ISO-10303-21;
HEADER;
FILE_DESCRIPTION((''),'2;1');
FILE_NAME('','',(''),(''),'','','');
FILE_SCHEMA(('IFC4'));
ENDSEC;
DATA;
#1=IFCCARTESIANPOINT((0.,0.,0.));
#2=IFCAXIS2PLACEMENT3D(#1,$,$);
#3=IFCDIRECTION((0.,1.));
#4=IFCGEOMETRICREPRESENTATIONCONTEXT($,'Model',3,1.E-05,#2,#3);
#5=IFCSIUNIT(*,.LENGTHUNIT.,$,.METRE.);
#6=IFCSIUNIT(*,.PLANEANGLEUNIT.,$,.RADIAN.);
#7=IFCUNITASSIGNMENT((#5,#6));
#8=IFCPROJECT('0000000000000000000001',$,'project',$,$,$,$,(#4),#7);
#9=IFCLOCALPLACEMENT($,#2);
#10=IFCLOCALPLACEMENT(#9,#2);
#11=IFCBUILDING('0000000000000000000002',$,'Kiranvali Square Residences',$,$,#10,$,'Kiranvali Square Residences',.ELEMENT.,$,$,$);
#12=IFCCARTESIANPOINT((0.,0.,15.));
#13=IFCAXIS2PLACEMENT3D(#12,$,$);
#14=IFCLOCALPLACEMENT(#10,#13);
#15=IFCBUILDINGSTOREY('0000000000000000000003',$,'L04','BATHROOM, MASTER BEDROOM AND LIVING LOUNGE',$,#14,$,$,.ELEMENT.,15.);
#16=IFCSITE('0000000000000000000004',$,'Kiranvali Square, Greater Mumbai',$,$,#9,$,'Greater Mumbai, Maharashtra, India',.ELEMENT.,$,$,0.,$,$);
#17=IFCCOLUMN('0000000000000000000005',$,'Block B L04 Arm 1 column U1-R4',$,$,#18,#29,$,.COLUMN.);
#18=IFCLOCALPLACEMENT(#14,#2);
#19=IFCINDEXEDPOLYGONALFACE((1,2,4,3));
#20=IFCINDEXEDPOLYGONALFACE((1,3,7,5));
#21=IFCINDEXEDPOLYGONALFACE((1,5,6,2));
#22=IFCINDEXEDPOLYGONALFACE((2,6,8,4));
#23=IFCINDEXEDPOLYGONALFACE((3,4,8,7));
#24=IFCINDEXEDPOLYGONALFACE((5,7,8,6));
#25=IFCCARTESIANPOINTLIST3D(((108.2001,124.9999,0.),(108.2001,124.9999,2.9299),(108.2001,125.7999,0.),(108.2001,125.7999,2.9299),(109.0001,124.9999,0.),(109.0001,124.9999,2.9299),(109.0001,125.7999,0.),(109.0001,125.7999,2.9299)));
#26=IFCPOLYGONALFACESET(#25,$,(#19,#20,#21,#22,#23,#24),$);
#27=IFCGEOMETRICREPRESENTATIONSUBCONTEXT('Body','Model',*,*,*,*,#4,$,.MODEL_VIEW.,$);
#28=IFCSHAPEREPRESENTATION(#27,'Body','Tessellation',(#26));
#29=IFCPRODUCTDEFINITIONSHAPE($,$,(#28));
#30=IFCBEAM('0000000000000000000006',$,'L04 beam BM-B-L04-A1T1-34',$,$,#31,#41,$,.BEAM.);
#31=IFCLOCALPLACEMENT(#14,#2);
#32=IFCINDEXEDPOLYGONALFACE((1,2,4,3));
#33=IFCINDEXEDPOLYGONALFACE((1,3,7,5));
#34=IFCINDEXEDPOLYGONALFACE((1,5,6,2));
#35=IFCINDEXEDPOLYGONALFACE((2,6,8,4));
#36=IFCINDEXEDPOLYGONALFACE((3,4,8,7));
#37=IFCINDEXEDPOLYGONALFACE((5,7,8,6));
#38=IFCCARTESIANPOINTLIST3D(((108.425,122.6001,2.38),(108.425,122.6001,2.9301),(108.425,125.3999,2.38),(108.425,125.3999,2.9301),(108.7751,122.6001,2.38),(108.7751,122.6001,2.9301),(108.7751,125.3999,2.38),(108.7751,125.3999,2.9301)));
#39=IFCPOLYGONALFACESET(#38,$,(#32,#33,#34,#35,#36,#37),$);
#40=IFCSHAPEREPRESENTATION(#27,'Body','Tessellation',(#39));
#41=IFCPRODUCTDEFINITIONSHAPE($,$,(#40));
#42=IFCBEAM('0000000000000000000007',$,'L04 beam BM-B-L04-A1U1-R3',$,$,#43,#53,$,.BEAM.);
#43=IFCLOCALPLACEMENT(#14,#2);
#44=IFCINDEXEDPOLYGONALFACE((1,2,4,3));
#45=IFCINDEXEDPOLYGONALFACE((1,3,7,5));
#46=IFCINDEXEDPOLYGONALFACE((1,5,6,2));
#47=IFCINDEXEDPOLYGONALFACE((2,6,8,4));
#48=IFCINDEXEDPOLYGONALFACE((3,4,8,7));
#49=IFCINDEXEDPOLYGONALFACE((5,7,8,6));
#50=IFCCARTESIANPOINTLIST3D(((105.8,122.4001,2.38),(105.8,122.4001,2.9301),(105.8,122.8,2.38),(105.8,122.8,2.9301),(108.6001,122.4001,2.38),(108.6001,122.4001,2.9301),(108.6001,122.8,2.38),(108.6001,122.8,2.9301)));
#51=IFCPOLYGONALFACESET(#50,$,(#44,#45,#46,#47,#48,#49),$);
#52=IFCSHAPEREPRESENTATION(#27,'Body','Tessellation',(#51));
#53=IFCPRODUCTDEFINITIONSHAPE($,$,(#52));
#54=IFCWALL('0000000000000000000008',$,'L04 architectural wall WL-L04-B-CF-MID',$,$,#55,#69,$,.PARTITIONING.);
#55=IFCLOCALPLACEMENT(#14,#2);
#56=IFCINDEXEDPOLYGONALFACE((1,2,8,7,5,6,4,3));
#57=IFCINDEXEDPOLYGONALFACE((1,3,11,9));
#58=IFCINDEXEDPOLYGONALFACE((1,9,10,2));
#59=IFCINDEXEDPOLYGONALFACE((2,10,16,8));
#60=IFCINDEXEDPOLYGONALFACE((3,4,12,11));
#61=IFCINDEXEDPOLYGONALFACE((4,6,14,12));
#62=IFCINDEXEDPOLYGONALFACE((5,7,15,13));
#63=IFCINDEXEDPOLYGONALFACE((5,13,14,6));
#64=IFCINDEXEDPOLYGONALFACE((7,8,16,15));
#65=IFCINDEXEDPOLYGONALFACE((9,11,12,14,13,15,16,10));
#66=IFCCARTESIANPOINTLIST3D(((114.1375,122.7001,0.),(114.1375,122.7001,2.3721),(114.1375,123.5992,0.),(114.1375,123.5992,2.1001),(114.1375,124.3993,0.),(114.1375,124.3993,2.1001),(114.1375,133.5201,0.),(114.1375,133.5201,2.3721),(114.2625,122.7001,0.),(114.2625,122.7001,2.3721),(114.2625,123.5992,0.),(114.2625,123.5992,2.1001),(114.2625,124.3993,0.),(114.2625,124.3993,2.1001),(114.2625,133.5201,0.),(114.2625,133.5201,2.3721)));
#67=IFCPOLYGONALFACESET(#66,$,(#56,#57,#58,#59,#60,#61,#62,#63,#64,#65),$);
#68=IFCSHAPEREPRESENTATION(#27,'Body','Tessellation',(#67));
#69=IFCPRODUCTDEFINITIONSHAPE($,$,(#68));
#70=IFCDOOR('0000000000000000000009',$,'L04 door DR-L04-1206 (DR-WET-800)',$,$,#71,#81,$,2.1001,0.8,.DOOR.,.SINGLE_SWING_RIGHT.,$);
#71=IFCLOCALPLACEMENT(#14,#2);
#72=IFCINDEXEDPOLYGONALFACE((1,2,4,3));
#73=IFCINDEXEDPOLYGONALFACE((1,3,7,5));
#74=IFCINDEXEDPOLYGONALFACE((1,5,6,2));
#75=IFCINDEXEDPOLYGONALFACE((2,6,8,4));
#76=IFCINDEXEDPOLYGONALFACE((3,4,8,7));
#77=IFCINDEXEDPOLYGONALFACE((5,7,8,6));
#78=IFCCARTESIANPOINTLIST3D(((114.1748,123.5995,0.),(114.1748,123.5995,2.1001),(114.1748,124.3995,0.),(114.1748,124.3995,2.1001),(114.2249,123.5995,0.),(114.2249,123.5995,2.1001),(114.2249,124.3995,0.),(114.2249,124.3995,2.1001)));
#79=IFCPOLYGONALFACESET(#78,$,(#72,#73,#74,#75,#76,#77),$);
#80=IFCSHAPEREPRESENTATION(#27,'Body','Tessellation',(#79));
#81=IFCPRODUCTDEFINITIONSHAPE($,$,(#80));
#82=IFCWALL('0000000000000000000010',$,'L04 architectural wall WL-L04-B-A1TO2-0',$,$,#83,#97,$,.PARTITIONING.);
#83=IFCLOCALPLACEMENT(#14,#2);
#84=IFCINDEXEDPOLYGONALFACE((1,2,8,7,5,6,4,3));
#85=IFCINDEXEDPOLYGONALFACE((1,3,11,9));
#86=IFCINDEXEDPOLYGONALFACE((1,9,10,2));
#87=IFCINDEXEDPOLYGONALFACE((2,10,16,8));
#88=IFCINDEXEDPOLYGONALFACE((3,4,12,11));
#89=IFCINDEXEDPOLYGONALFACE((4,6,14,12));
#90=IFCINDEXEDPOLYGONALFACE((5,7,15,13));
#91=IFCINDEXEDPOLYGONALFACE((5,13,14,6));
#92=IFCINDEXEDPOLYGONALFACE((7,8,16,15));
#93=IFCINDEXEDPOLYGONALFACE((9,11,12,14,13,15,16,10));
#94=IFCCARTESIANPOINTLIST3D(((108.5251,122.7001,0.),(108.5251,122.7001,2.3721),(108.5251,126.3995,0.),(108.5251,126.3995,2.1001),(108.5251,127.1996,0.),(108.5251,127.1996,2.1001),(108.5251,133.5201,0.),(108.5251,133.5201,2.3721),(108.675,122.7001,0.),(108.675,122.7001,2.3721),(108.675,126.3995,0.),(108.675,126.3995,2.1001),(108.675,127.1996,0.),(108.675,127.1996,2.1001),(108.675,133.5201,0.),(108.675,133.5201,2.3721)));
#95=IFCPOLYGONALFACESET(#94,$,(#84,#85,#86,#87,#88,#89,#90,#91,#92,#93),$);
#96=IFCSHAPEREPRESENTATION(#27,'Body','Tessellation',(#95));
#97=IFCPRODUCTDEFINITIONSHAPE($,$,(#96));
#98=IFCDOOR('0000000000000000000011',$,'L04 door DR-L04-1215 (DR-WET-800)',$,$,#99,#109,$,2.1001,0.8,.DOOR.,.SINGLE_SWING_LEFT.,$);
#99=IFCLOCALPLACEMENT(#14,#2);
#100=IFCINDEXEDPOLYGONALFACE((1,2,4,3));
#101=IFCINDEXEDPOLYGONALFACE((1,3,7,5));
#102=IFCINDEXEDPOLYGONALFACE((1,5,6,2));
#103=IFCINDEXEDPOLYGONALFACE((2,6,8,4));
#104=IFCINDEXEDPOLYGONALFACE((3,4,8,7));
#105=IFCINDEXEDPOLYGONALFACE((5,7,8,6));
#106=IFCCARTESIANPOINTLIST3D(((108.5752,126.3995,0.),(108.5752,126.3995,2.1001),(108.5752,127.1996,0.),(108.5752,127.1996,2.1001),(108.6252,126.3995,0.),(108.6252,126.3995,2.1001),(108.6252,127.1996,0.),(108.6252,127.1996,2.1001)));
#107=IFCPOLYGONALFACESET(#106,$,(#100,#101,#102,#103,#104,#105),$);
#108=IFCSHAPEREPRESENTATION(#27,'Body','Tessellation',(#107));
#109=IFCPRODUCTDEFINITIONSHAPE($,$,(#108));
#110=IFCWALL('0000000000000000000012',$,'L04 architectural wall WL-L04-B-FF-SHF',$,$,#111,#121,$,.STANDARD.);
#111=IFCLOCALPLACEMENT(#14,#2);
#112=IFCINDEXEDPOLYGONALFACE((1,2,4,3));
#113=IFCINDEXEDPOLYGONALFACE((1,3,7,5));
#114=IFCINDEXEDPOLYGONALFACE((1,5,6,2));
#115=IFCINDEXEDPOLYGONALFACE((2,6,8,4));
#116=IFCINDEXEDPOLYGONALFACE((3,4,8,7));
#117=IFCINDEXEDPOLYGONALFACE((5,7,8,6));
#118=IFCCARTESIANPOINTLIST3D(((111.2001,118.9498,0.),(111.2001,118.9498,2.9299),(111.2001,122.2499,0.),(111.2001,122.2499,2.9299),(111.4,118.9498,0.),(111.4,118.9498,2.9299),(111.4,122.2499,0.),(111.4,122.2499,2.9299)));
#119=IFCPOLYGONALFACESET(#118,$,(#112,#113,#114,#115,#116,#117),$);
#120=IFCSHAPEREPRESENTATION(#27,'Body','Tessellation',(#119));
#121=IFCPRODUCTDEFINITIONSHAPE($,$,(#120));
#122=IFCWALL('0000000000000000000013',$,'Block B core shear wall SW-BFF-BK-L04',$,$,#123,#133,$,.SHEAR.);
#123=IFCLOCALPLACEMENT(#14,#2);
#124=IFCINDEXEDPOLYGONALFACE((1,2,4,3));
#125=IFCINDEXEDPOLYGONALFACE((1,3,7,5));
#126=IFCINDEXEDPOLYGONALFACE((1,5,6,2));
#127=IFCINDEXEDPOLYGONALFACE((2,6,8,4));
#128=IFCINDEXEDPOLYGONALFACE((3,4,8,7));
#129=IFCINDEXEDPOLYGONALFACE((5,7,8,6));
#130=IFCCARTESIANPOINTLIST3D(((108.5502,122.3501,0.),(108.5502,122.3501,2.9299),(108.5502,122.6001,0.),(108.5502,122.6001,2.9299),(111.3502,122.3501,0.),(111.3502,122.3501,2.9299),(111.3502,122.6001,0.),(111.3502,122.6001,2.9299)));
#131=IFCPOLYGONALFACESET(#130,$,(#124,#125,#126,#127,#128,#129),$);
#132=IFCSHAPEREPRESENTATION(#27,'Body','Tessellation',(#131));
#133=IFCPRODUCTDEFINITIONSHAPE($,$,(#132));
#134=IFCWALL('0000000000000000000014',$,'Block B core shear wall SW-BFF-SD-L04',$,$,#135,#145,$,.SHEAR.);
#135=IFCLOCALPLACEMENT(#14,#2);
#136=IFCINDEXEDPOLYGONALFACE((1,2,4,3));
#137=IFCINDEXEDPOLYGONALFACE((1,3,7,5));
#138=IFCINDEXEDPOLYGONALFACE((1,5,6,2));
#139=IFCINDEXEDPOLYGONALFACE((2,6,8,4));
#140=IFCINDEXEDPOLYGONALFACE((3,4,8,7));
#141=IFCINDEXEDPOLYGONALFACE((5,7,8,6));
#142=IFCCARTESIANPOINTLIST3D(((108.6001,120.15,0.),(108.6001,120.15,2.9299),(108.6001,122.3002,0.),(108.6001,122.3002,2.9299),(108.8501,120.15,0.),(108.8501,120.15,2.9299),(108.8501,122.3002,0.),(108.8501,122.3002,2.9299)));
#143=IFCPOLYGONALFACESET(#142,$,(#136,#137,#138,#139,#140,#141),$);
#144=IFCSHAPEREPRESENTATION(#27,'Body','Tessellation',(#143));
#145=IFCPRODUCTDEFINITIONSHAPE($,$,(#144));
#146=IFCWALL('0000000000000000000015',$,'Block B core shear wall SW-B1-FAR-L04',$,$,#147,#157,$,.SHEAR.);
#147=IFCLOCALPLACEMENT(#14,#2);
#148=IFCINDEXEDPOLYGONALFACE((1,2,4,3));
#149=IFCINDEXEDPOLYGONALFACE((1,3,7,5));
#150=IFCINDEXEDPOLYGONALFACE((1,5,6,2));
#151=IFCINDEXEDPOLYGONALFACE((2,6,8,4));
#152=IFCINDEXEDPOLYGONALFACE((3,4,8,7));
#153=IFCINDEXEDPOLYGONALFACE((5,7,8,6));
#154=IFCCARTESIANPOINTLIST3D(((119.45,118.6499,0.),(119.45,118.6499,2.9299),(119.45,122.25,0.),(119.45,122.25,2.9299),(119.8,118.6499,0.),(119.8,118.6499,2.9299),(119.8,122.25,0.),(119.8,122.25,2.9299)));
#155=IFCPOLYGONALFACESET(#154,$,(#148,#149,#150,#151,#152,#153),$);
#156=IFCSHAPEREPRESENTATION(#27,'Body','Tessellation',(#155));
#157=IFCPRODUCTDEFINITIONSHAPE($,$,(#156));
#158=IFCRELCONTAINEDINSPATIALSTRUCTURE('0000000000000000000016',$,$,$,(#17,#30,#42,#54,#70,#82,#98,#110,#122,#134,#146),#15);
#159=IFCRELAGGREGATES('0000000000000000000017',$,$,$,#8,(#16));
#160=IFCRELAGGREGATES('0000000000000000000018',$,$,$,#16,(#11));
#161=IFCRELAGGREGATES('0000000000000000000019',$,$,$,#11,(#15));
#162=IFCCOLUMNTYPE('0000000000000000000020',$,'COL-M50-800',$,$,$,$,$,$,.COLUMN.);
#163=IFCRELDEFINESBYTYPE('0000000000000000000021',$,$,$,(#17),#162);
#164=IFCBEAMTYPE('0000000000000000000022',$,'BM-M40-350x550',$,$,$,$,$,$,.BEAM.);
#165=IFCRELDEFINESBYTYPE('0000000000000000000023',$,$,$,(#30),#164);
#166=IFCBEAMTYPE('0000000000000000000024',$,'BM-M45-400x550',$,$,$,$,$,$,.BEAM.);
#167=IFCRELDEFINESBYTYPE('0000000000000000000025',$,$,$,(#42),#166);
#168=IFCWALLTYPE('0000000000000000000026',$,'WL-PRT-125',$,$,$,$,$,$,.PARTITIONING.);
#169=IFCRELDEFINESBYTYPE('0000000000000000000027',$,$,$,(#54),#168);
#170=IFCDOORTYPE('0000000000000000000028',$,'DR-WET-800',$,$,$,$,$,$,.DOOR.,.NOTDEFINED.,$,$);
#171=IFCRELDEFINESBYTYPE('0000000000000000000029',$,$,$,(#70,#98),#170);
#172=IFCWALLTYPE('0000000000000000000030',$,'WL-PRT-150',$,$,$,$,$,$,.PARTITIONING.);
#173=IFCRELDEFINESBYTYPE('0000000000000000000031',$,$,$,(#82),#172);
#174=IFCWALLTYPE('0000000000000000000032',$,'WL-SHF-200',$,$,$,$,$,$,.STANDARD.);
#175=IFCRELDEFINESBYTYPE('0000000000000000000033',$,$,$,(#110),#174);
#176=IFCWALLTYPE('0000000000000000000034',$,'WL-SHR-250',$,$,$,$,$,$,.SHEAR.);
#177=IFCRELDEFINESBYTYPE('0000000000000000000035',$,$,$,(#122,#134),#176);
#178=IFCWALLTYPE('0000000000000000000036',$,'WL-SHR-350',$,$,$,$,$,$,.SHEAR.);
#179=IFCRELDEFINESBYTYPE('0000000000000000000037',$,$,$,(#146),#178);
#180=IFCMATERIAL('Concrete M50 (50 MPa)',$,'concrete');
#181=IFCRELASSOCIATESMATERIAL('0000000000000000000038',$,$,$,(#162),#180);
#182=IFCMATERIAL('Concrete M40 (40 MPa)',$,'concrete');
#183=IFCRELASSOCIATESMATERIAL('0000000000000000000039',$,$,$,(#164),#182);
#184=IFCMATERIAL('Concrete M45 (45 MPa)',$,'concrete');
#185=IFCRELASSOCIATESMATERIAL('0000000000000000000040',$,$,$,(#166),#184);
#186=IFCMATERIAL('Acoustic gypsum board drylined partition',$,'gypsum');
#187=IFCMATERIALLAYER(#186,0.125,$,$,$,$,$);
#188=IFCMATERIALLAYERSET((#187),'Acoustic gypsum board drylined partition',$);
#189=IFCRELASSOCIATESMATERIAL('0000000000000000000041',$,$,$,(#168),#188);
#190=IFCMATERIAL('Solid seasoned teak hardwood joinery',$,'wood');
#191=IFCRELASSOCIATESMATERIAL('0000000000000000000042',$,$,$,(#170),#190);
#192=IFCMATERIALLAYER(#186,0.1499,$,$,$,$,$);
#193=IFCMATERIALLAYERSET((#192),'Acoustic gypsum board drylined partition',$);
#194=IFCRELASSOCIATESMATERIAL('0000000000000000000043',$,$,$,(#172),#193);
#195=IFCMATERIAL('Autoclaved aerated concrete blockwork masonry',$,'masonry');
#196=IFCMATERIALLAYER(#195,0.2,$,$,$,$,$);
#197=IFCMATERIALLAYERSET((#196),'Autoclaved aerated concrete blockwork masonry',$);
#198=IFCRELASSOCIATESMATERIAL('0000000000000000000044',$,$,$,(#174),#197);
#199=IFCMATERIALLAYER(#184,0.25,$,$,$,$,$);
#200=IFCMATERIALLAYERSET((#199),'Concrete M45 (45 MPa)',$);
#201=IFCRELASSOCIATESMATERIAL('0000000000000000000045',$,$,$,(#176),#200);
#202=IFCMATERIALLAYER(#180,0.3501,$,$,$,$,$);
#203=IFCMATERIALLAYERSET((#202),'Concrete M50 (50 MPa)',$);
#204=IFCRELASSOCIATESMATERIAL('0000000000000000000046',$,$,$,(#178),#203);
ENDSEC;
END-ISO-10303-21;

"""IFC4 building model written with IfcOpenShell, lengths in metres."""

from ifc_helpers import new_model, si_unit, direction, frame, frame_2d, origin, origin_2d, place, context, subcontext, project, spatial, rectangle, extrude, material, layer, layer_set, material_profile, profile_set, type_object, element, fill, save


model = new_model("IFC4")

# Units and contexts
model_context = context("Model", 3, precision=1e-05, world=origin(), true_north=direction((0.0, 1.0)))
body_context = subcontext(model_context, "Body", "Model", "MODEL_VIEW")
ifc_project = project(units=[si_unit("LENGTHUNIT", "METRE"), si_unit("PLANEANGLEUNIT", "RADIAN")], contexts=[model_context])

# Site, building, storey
site_placement = place(None, origin())
site = spatial("IfcSite", under=ifc_project, at=site_placement, Name="Kiranvali Square, Greater Mumbai", LongName="Greater Mumbai, Maharashtra, India", CompositionType="ELEMENT", RefElevation=0.0)
building_placement = place(site_placement, origin())
building = spatial("IfcBuilding", under=site, at=building_placement, Name="Kiranvali Square Residences", LongName="Kiranvali Square Residences", CompositionType="ELEMENT")
storey_placement = place(building_placement, frame((0.0, 0.0, 15.0)))
storey = spatial("IfcBuildingStorey", under=building, at=storey_placement, Name="L04", Description="BATHROOM, MASTER BEDROOM AND LIVING LOUNGE", CompositionType="ELEMENT", Elevation=15.0)

# Column
ifc_material_1 = material(Name="Concrete M50 (50 MPa)", Category="concrete")
ifc_material_profile_1 = material_profile(ifc_material_1, rectangle(XDim=0.8, YDim=0.8, at=origin_2d()), Name="RC 800x800")
ifc_profile_set_1 = profile_set([ifc_material_profile_1], Name="Concrete M50 (50 MPa)")
column_type = type_object("IfcColumnType", Name="COL-M50-800", PredefinedType="COLUMN", material=ifc_profile_set_1)
column_placement = place(storey_placement, frame((108.6001, 125.3999, 0.0), z_axis=(0.0, 0.0, 1.0), x_axis=(1.0, 0.0, 0.0)))
element("IfcColumn", 1, at=column_placement, inside=storey, type_object=column_type, Name="Block B L04 Arm 1 column U1-R4", PredefinedType="COLUMN", context=body_context, shape_type="SweptSolid", body=[
    extrude(rectangle(XDim=0.8, YDim=0.8, at=origin_2d()), origin(), (0.0, 0.0, 1.0), 2.9299),
])

# Beams
ifc_material_2 = material(Name="Concrete M40 (40 MPa)", Category="concrete")
ifc_material_profile_2 = material_profile(ifc_material_2, rectangle(XDim=0.3501, YDim=0.55, at=origin_2d()), Name="RC 350x550")
ifc_profile_set_2 = profile_set([ifc_material_profile_2], Name="Concrete M40 (40 MPa)")
beam_type_1 = type_object("IfcBeamType", Name="BM-M40-350x550", PredefinedType="BEAM", material=ifc_profile_set_2)
beam_1_placement = place(storey_placement, frame((108.6001, 122.6001, 2.655), z_axis=(0.0, 1.0, 0.0), x_axis=(-1.0, 0.0, 0.0)))
element("IfcBeam", 2, at=beam_1_placement, inside=storey, type_object=beam_type_1, Name="L04 beam BM-B-L04-A1T1-34", PredefinedType="BEAM", context=body_context, shape_type="SweptSolid", body=[
    extrude(rectangle(XDim=0.3501, YDim=0.55, at=origin_2d()), origin(), (0.0, 0.0, 1.0), 2.7998),
])
ifc_material_3 = material(Name="Concrete M45 (45 MPa)", Category="concrete")
ifc_material_profile_3 = material_profile(ifc_material_3, rectangle(XDim=0.3999, YDim=0.55, at=origin_2d()), Name="RC 400x550")
ifc_profile_set_3 = profile_set([ifc_material_profile_3], Name="Concrete M45 (45 MPa)")
beam_type_2 = type_object("IfcBeamType", Name="BM-M45-400x550", PredefinedType="BEAM", material=ifc_profile_set_3)
beam_2_placement = place(storey_placement, frame((108.6001, 122.6001, 2.655), z_axis=(-1.0, 0.0, 0.0), x_axis=(0.0, -1.0, 0.0)))
element("IfcBeam", 3, at=beam_2_placement, inside=storey, type_object=beam_type_2, Name="L04 beam BM-B-L04-A1U1-R3", PredefinedType="BEAM", context=body_context, shape_type="SweptSolid", body=[
    extrude(rectangle(XDim=0.3999, YDim=0.55, at=origin_2d()), origin(), (0.0, 0.0, 1.0), 2.8),
])

# Walls, openings, doors
ifc_material_4 = material(Name="Autoclaved aerated concrete blockwork masonry", Category="masonry")
ifc_material_5 = material(Name="Acoustic gypsum board drylined partition", Category="gypsum")
ifc_layer_1 = layer(ifc_material_5, 0.125)
ifc_layer_set_1 = layer_set([ifc_layer_1], Name="Acoustic gypsum board drylined partition")
wall_type_1 = type_object("IfcWallType", Name="WL-PRT-125", PredefinedType="PARTITIONING", material=ifc_layer_set_1)
wall_1_placement = place(storey_placement, frame((114.2, 122.7, 0.0), z_axis=(0.0, 0.0, 1.0), x_axis=(0.0, 1.0, 0.0)))
wall_1 = element("IfcWall", 4, at=wall_1_placement, inside=storey, type_object=wall_type_1, Name="L04 architectural wall WL-L04-B-CF-MID", PredefinedType="PARTITIONING", context=body_context, shape_type="SweptSolid", body=[
    extrude(rectangle(XDim=10.8201, YDim=0.125, at=frame_2d((5.4102, 0.0))), origin(), (0.0, 0.0, 1.0), 2.3721),
])
opening_1_placement = place(wall_1_placement, frame((0.8994, 0.0, 0.0)))
opening_1 = element("IfcOpeningElement", 5, at=opening_1_placement, cuts=wall_1, PredefinedType="OPENING", context=body_context, shape_type="SweptSolid", body=[
    extrude(rectangle(XDim=0.8, YDim=2.1001, at=frame_2d((0.3999, 1.05))), frame((0.0, 0.0725, 0.0), z_axis=(0.0, -1.0, 0.0), x_axis=(1.0, 0.0, 0.0)), (0.0, 0.0, 1.0), 0.145),
])
ifc_material_6 = material(Name="Solid seasoned teak hardwood joinery", Category="wood")
door_type_1 = type_object("IfcDoorType", Name="DR-WET-800", OperationType="NOTDEFINED", PredefinedType="DOOR", material=ifc_material_6)
door_1_placement = place(opening_1_placement, frame((0.8, 0.0, 0.0), z_axis=(0.0, 0.0, 1.0), x_axis=(-1.0, 0.0, 0.0)))
door_1 = element("IfcDoor", 6, at=door_1_placement, inside=storey, type_object=door_type_1, Name="L04 door DR-L04-1206 (DR-WET-800)", OperationType="SINGLE_SWING_RIGHT", OverallHeight=2.1001, OverallWidth=0.8, PredefinedType="DOOR", context=body_context, shape_type="SweptSolid", body=[
    extrude(rectangle(XDim=0.8, YDim=2.1001, at=frame_2d((0.3999, 1.05))), frame((0.0, 0.0249, 0.0), z_axis=(0.0, -1.0, 0.0), x_axis=(1.0, 0.0, 0.0)), (0.0, 0.0, 1.0), 0.05),
])
fill(opening_1, door_1)
ifc_layer_2 = layer(ifc_material_5, 0.1499)
ifc_layer_set_2 = layer_set([ifc_layer_2], Name="Acoustic gypsum board drylined partition")
wall_type_2 = type_object("IfcWallType", Name="WL-PRT-150", PredefinedType="PARTITIONING", material=ifc_layer_set_2)
wall_2_placement = place(storey_placement, frame((108.6001, 122.7, 0.0), z_axis=(0.0, 0.0, 1.0), x_axis=(0.0, 1.0, 0.0)))
wall_2 = element("IfcWall", 7, at=wall_2_placement, inside=storey, type_object=wall_type_2, Name="L04 architectural wall WL-L04-B-A1TO2-0", PredefinedType="PARTITIONING", context=body_context, shape_type="SweptSolid", body=[
    extrude(rectangle(XDim=10.8201, YDim=0.1499, at=frame_2d((5.4102, 0.0))), origin(), (0.0, 0.0, 1.0), 2.3721),
])
opening_2_placement = place(wall_2_placement, frame((3.6997, 0.0, 0.0)))
opening_2 = element("IfcOpeningElement", 8, at=opening_2_placement, cuts=wall_2, PredefinedType="OPENING", context=body_context, shape_type="SweptSolid", body=[
    extrude(rectangle(XDim=0.8, YDim=2.1001, at=frame_2d((0.3999, 1.05))), frame((0.0, 0.085, 0.0), z_axis=(0.0, -1.0, 0.0), x_axis=(1.0, 0.0, 0.0)), (0.0, 0.0, 1.0), 0.1699),
])
door_2_placement = place(opening_2_placement, origin())
door_2 = element("IfcDoor", 9, at=door_2_placement, inside=storey, type_object=door_type_1, Name="L04 door DR-L04-1215 (DR-WET-800)", OperationType="SINGLE_SWING_LEFT", OverallHeight=2.1001, OverallWidth=0.8, PredefinedType="DOOR", context=body_context, shape_type="SweptSolid", body=[
    extrude(rectangle(XDim=0.8, YDim=2.1001, at=frame_2d((0.3999, 1.05))), frame((0.0, 0.0249, 0.0), z_axis=(0.0, -1.0, 0.0), x_axis=(1.0, 0.0, 0.0)), (0.0, 0.0, 1.0), 0.05),
])
fill(opening_2, door_2)

# Walls
ifc_layer_3 = layer(ifc_material_4, 0.2)
ifc_layer_set_3 = layer_set([ifc_layer_3], Name="Autoclaved aerated concrete blockwork masonry")
wall_type_3 = type_object("IfcWallType", Name="WL-SHF-200", PredefinedType="STANDARD", material=ifc_layer_set_3)
wall_3_placement = place(storey_placement, frame((111.3, 118.95, 0.0), z_axis=(0.0, 0.0, 1.0), x_axis=(0.0, 1.0, 0.0)))
element("IfcWall", 10, at=wall_3_placement, inside=storey, type_object=wall_type_3, Name="L04 architectural wall WL-L04-B-FF-SHF", PredefinedType="STANDARD", context=body_context, shape_type="SweptSolid", body=[
    extrude(rectangle(XDim=3.3, YDim=0.2, at=frame_2d((1.6499, 0.0))), origin(), (0.0, 0.0, 1.0), 2.9299),
])
ifc_layer_4 = layer(ifc_material_3, 0.25)
ifc_layer_set_4 = layer_set([ifc_layer_4], Name="Concrete M45 (45 MPa)")
wall_type_4 = type_object("IfcWallType", Name="WL-SHR-250", PredefinedType="SHEAR", material=ifc_layer_set_4)
wall_4_placement = place(storey_placement, frame((111.3501, 122.4751, 0.0), z_axis=(0.0, 0.0, 1.0), x_axis=(-1.0, 0.0, 0.0)))
element("IfcWall", 11, at=wall_4_placement, inside=storey, type_object=wall_type_4, Name="Block B core shear wall SW-BFF-BK-L04", PredefinedType="SHEAR", context=body_context, shape_type="SweptSolid", body=[
    extrude(rectangle(XDim=2.8, YDim=0.25, at=frame_2d((1.3999, 0.0))), origin(), (0.0, 0.0, 1.0), 2.9299),
])
wall_5_placement = place(storey_placement, frame((108.7251, 120.1499, 0.0), z_axis=(0.0, 0.0, 1.0), x_axis=(0.0, 1.0, 0.0)))
element("IfcWall", 12, at=wall_5_placement, inside=storey, type_object=wall_type_4, Name="Block B core shear wall SW-BFF-SD-L04", PredefinedType="SHEAR", context=body_context, shape_type="SweptSolid", body=[
    extrude(rectangle(XDim=2.1501, YDim=0.25, at=frame_2d((1.0752, 0.0))), origin(), (0.0, 0.0, 1.0), 2.9299),
])

# Shared definitions
ifc_layer_5 = layer(ifc_material_1, 0.3501)
ifc_layer_set_5 = layer_set([ifc_layer_5], Name="Concrete M50 (50 MPa)")
wall_type_5 = type_object("IfcWallType", Name="WL-SHR-350", PredefinedType="SHEAR", material=ifc_layer_set_5)

# Wall
wall_6_placement = place(storey_placement, frame((119.625, 118.6499, 0.0), z_axis=(0.0, 0.0, 1.0), x_axis=(0.0, 1.0, 0.0)))
element("IfcWall", 13, at=wall_6_placement, inside=storey, type_object=wall_type_5, Name="Block B core shear wall SW-B1-FAR-L04", PredefinedType="SHEAR", context=body_context, shape_type="SweptSolid", body=[
    extrude(rectangle(XDim=3.6001, YDim=0.3501, at=frame_2d((1.8, 0.0))), origin(), (0.0, 0.0, 1.0), 2.9299),
])

save(model, "model.ifc")
